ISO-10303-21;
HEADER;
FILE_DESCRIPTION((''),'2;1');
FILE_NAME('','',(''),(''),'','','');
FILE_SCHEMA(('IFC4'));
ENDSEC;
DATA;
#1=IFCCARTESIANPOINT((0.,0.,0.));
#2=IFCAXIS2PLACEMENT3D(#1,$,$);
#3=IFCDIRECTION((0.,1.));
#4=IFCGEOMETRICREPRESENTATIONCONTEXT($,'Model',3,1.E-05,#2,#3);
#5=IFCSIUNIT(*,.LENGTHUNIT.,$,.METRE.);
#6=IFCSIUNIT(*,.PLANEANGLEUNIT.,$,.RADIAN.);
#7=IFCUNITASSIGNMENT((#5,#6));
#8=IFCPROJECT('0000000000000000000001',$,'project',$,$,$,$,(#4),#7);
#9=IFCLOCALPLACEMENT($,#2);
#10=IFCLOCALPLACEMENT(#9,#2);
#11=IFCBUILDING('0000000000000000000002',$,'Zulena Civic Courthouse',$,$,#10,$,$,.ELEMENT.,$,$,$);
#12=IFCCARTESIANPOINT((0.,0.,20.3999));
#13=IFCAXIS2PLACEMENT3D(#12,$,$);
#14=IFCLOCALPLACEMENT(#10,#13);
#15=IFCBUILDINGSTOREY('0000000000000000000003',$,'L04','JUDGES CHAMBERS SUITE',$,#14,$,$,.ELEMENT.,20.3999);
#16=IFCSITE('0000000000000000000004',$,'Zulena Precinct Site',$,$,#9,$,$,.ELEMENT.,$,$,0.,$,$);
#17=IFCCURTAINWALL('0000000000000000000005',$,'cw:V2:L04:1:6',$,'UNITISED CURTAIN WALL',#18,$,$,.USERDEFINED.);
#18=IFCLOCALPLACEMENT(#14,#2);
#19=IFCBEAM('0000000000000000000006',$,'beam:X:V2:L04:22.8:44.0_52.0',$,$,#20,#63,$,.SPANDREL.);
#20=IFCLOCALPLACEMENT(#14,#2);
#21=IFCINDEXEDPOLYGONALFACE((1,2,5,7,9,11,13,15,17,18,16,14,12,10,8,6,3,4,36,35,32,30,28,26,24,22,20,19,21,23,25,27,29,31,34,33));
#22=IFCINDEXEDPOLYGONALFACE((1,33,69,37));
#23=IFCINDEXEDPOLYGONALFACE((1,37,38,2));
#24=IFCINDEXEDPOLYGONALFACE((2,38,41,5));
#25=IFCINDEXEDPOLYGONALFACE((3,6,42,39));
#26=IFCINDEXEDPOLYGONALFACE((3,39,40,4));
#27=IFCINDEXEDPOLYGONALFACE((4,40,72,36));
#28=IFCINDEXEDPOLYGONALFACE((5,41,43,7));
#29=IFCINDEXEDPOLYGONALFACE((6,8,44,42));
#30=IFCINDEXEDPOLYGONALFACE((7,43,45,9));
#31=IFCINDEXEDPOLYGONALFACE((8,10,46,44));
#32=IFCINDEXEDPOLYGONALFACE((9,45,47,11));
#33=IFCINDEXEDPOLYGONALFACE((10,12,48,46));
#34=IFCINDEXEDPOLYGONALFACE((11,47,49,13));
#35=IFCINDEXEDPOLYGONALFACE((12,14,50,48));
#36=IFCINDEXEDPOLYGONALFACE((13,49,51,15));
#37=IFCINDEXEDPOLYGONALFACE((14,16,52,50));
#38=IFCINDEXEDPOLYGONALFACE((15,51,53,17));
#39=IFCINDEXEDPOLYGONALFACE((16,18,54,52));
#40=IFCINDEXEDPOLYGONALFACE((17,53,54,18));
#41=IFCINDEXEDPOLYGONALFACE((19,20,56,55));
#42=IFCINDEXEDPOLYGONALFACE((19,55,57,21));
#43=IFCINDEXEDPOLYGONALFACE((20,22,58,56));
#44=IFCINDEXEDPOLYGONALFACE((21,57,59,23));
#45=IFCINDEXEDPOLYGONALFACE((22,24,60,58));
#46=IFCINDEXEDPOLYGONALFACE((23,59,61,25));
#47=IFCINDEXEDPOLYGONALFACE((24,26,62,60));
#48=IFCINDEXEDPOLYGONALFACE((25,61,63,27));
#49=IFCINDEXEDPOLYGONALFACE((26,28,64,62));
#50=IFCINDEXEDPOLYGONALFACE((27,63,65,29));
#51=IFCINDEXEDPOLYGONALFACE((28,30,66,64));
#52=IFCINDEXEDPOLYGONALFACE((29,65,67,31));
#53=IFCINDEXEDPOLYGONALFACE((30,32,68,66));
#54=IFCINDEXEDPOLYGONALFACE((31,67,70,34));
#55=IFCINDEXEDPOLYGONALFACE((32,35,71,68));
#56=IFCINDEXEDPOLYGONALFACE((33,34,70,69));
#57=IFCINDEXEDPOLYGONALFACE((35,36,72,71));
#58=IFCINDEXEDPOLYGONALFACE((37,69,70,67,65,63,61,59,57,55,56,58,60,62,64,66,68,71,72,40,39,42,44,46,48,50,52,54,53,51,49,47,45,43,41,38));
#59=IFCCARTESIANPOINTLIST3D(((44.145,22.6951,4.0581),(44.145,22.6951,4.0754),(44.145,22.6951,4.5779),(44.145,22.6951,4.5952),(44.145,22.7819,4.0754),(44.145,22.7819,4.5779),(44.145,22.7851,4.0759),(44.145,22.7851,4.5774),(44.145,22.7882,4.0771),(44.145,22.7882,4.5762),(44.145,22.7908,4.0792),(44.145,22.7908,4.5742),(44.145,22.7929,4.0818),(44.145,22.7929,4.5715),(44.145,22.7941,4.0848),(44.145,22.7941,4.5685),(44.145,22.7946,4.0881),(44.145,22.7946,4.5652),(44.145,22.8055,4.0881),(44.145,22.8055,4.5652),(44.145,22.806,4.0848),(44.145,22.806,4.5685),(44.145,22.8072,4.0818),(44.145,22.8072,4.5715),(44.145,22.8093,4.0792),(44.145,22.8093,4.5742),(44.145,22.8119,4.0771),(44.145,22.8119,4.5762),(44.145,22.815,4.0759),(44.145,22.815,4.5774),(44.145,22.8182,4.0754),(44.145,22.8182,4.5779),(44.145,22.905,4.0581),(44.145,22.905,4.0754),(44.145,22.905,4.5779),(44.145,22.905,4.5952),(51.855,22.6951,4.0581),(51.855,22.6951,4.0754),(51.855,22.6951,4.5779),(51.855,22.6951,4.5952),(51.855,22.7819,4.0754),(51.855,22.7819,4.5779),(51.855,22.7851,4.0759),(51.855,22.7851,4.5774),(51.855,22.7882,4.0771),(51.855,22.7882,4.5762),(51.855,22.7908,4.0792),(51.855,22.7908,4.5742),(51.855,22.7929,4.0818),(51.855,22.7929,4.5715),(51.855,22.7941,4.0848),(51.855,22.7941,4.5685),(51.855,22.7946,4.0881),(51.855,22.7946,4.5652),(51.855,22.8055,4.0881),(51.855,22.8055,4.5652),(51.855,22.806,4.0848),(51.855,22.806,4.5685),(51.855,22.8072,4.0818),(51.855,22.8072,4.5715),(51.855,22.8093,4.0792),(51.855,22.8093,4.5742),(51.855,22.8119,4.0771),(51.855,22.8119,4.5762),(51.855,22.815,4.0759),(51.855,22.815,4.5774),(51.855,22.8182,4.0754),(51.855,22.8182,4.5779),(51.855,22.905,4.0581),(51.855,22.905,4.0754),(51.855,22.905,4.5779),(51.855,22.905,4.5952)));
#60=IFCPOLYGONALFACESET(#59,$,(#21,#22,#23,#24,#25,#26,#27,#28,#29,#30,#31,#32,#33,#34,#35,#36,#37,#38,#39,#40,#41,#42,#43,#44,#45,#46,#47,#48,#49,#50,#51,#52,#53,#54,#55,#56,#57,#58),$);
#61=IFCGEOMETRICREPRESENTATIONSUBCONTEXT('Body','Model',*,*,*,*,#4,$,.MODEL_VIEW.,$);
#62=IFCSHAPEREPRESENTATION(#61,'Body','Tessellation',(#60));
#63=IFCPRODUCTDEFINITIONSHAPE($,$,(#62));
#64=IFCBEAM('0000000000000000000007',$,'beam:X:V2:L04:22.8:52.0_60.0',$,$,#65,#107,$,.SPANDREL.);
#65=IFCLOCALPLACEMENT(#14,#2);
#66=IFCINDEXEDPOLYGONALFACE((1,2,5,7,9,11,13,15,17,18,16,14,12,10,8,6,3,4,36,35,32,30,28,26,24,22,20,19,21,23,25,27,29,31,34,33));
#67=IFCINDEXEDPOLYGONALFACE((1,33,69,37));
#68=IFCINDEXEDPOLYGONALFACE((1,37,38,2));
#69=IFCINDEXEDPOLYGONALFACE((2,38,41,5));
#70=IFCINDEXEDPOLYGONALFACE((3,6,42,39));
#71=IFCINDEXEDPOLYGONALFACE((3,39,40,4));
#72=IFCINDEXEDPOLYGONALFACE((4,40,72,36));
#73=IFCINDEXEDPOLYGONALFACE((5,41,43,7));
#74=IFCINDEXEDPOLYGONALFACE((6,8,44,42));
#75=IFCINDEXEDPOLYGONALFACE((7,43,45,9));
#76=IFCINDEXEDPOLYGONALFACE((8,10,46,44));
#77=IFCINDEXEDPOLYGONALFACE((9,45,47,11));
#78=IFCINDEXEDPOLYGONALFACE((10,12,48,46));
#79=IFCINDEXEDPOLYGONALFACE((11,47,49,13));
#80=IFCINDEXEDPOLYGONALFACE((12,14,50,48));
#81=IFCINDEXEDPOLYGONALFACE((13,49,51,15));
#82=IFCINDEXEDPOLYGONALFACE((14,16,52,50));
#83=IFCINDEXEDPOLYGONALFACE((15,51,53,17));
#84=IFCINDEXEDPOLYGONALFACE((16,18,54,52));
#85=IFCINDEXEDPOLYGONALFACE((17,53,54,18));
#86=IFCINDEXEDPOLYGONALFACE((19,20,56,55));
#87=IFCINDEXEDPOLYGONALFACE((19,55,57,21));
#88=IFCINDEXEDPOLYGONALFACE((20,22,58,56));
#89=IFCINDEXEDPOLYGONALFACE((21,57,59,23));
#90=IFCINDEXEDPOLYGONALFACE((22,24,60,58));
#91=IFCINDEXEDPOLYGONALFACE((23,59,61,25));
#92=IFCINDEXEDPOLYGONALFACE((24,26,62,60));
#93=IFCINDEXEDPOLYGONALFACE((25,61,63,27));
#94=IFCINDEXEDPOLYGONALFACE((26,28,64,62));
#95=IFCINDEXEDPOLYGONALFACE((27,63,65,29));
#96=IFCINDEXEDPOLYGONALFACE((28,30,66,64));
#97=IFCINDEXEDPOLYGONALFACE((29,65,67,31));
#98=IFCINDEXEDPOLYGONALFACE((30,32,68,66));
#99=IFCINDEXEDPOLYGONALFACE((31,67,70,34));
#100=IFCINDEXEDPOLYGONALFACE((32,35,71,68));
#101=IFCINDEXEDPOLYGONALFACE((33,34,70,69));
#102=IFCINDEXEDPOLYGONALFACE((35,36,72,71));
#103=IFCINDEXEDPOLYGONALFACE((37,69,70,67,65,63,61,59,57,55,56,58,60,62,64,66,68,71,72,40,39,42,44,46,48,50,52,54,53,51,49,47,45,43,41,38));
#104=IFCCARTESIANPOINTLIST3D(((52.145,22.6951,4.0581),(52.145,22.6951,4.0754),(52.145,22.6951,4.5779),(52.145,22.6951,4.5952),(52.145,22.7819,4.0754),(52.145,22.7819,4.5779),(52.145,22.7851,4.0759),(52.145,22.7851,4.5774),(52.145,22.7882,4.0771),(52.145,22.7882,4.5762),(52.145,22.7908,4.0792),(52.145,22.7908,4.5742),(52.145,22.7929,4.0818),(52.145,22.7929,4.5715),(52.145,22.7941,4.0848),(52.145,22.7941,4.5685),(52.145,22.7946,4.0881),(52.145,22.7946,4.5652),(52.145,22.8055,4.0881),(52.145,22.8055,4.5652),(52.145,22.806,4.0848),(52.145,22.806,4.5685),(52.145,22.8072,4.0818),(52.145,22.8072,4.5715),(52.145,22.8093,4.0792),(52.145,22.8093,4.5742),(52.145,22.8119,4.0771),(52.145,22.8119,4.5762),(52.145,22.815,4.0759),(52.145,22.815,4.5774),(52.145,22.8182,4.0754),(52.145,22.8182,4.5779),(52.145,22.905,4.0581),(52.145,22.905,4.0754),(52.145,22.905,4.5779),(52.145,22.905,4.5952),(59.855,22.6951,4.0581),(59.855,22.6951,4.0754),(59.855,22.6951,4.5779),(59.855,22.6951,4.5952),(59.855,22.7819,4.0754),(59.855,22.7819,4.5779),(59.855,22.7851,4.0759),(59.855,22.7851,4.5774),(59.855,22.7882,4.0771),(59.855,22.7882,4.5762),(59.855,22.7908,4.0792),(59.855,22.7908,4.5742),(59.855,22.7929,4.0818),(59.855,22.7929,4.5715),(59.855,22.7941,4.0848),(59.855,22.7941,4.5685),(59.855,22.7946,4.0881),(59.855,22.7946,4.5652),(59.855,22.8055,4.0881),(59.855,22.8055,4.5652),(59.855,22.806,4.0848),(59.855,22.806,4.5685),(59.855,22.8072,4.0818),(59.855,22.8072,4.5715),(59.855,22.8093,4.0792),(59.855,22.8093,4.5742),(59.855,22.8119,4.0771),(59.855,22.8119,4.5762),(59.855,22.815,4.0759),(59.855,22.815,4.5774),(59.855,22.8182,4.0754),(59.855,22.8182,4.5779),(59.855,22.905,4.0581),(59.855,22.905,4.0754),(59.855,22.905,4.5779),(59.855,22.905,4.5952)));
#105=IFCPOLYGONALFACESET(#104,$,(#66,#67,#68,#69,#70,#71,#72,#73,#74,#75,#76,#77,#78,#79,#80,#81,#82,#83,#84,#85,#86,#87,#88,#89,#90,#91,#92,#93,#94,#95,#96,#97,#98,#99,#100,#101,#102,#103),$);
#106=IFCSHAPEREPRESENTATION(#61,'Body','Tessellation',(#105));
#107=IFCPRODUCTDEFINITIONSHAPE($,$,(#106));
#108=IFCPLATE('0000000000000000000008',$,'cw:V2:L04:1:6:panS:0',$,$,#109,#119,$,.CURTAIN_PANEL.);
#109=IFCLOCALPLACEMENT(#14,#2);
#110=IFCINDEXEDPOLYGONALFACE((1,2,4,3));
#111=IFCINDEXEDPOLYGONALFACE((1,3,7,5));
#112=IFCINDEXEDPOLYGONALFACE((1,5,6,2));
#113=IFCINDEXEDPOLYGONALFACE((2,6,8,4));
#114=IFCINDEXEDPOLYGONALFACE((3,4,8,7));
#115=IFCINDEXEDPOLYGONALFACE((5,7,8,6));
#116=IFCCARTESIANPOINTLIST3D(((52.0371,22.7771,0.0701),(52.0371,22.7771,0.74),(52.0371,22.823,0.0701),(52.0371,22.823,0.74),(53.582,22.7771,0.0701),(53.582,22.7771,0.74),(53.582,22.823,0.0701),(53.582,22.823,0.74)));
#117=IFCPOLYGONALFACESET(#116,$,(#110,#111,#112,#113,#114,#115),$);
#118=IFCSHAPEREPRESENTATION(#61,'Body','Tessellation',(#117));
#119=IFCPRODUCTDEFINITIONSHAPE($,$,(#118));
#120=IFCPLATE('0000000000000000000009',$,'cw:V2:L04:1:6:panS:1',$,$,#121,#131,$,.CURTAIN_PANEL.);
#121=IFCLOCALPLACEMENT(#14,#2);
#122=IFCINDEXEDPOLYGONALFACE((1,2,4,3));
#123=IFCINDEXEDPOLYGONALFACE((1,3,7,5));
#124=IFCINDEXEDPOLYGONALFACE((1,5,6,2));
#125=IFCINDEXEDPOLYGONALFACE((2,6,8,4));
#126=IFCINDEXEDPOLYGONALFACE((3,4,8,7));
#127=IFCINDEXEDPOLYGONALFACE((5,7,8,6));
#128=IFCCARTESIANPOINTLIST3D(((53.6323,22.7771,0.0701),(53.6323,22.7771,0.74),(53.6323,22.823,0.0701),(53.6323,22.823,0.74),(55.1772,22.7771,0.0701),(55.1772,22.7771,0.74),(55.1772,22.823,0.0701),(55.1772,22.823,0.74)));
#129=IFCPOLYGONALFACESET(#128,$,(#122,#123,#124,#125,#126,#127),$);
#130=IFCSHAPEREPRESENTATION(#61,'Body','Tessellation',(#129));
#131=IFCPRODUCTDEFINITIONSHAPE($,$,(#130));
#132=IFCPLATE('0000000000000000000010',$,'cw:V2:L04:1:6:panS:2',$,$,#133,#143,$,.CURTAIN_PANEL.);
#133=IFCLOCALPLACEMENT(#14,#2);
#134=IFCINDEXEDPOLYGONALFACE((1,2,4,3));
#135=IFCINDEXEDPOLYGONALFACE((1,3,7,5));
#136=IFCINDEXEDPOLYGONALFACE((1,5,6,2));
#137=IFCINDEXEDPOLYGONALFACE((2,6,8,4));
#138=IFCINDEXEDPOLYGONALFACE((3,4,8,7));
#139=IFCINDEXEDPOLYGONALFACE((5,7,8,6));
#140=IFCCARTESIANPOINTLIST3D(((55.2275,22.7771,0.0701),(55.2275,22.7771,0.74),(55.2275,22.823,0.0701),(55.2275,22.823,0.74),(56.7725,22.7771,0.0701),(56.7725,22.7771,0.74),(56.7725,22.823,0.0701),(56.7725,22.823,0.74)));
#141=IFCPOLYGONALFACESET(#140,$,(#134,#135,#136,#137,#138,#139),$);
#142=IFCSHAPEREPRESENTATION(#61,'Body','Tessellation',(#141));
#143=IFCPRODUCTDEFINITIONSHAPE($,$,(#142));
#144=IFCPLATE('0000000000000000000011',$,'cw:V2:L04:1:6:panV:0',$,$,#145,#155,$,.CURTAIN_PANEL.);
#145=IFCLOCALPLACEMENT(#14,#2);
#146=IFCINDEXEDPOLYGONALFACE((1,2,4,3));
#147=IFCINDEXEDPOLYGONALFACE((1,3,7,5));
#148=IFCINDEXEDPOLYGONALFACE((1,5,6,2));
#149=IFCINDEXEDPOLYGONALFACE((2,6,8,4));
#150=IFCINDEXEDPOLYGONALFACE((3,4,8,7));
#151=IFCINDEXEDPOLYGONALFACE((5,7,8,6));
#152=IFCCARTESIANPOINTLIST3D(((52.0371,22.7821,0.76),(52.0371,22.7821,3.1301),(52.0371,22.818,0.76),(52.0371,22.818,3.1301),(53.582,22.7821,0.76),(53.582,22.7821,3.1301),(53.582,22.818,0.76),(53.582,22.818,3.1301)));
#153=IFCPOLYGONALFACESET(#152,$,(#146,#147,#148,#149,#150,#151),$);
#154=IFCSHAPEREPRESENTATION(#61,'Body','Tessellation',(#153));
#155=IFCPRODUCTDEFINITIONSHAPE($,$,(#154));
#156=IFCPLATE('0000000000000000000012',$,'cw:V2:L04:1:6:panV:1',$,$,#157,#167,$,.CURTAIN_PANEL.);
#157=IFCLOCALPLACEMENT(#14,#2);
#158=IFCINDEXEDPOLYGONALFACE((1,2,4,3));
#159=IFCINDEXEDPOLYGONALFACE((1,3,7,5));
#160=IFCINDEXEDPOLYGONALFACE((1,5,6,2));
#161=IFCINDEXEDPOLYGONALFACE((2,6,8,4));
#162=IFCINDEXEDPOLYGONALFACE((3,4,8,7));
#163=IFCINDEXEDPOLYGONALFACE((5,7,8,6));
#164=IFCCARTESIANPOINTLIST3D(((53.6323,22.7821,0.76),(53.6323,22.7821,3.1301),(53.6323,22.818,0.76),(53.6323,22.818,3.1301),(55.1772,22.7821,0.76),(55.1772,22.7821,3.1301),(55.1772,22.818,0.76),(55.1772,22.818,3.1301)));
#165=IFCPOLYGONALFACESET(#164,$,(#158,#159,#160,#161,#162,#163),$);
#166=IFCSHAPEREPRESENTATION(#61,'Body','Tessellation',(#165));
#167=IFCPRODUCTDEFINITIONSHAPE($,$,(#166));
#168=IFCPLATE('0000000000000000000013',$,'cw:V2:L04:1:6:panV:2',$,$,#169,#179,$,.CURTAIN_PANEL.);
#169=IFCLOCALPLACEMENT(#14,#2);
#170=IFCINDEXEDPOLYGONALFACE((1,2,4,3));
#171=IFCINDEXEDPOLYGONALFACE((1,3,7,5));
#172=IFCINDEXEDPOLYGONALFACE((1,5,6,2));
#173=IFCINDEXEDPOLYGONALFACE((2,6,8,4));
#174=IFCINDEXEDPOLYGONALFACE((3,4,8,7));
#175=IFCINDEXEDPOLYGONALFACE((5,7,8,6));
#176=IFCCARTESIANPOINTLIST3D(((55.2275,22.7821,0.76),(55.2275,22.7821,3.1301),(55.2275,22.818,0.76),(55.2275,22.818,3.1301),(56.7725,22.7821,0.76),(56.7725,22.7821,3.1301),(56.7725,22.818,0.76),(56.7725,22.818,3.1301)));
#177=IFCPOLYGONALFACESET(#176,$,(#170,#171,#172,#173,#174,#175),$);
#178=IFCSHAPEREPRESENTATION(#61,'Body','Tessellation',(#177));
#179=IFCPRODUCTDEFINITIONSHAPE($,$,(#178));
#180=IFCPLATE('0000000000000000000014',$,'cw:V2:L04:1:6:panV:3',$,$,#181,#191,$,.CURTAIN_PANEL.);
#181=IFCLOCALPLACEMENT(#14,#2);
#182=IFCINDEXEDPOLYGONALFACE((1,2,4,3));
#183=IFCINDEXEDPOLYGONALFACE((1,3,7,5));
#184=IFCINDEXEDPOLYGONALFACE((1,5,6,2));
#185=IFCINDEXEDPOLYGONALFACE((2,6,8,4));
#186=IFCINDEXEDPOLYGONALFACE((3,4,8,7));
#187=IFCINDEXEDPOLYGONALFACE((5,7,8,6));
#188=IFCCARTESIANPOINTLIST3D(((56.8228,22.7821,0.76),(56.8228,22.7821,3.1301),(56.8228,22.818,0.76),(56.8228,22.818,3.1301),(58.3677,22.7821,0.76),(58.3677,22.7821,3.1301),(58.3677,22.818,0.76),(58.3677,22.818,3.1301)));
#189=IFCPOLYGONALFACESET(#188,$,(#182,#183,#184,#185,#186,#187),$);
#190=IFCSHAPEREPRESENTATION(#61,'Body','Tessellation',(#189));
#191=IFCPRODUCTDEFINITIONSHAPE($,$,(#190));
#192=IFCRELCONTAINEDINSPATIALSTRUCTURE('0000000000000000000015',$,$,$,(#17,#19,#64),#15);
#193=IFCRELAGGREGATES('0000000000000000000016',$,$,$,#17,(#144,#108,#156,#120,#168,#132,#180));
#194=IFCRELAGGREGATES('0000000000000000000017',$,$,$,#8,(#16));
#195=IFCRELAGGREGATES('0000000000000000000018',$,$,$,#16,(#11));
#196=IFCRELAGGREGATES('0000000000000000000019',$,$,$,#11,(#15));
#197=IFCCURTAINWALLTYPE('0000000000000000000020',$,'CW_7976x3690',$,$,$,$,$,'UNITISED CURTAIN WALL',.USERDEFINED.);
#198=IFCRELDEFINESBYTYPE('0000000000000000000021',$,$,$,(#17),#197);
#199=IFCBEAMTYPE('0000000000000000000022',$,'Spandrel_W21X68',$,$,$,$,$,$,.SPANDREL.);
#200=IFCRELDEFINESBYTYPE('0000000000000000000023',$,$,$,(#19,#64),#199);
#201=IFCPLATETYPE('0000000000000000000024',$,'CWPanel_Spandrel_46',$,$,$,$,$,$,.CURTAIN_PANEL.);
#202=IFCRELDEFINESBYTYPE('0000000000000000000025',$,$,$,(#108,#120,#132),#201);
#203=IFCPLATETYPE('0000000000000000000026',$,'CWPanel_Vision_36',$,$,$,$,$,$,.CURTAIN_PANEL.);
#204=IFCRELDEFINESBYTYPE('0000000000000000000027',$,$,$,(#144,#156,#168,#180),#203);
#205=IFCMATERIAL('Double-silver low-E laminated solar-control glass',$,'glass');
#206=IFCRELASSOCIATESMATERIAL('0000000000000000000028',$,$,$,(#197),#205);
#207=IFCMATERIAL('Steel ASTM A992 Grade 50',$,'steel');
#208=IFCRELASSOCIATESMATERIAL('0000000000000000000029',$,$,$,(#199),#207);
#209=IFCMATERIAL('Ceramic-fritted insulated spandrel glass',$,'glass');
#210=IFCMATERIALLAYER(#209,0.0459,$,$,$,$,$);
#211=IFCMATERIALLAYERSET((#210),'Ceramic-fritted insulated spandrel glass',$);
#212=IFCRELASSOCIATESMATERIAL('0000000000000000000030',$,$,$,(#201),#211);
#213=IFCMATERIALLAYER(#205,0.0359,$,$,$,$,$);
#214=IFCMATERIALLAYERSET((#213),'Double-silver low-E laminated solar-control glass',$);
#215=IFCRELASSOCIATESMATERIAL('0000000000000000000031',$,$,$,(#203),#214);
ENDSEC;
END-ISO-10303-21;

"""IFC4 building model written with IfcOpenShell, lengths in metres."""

from ifc_helpers import new_model, si_unit, direction, frame, origin, origin_2d, place, context, subcontext, project, spatial, rectangle, i_section, extrude, material, layer, layer_set, material_profile, profile_set, type_object, element, aggregate, save


model = new_model("IFC4")

# Units and contexts
model_context = context("Model", 3, precision=1e-05, world=origin(), true_north=direction((0.0, 1.0)))
body_context = subcontext(model_context, "Body", "Model", "MODEL_VIEW")
ifc_project = project(units=[si_unit("LENGTHUNIT", "METRE"), si_unit("PLANEANGLEUNIT", "RADIAN")], contexts=[model_context])

# Site, building, storey
site_placement = place(None, origin())
site = spatial("IfcSite", under=ifc_project, at=site_placement, Name="Zulena Precinct Site", CompositionType="ELEMENT", RefElevation=0.0)
building_placement = place(site_placement, origin())
building = spatial("IfcBuilding", under=site, at=building_placement, Name="Zulena Civic Courthouse", CompositionType="ELEMENT")
storey_placement = place(building_placement, frame((0.0, 0.0, 20.3999)))
storey = spatial("IfcBuildingStorey", under=building, at=storey_placement, Name="L04", Description="JUDGES CHAMBERS SUITE", CompositionType="ELEMENT", Elevation=20.3999)

# Shared definitions
ifc_material_1 = material(Name="Steel ASTM A992 Grade 50", Category="steel")

# Curtain wall
ifc_material_2 = material(Name="Double-silver low-E laminated solar-control glass", Category="glass")
curtain_wall_type = type_object("IfcCurtainWallType", Name="CW_7976x3690", ElementType="UNITISED CURTAIN WALL", PredefinedType="USERDEFINED", material=ifc_material_2)
curtain_wall_placement = place(storey_placement, origin())
curtain_wall = element("IfcCurtainWall", 1, at=curtain_wall_placement, inside=storey, type_object=curtain_wall_type, Name="cw:V2:L04:1:6", ObjectType="UNITISED CURTAIN WALL", PredefinedType="USERDEFINED")

# Beams
ifc_material_profile_1 = material_profile(ifc_material_1, i_section(OverallWidth=0.21, OverallDepth=0.5371, WebThickness=0.011, FlangeThickness=0.0173, FilletRadius=0.0127, at=origin_2d()), Name="W21X68")
ifc_profile_set_1 = profile_set([ifc_material_profile_1], Name="Steel ASTM A992 Grade 50")
beam_type = type_object("IfcBeamType", Name="Spandrel_W21X68", PredefinedType="SPANDREL", material=ifc_profile_set_1)
for number, where, z_axis, x_axis, name in (
    (2, (44.145, 22.8, 4.3267), (1.0, 0.0, 0.0), (0.0, 1.0, 0.0), "beam:X:V2:L04:22.8:44.0_52.0"),
    (3, (52.145, 22.8, 4.3267), (1.0, 0.0, 0.0), (0.0, 1.0, 0.0), "beam:X:V2:L04:22.8:52.0_60.0"),
):
    element("IfcBeam", number, at=place(storey_placement, frame(where, z_axis=z_axis, x_axis=x_axis)), inside=storey, type_object=beam_type, Name=name, PredefinedType="SPANDREL", context=body_context, shape_type="SweptSolid", body=[
        extrude(i_section(OverallWidth=0.21, OverallDepth=0.5371, WebThickness=0.011, FlangeThickness=0.0173, FilletRadius=0.0127, at=origin_2d()), origin(), (0.0, 0.0, 1.0), 7.71),
    ])

# Plates
ifc_material_3 = material(Name="Ceramic-fritted insulated spandrel glass", Category="glass")
ifc_layer_1 = layer(ifc_material_3, 0.0459)
ifc_layer_set_1 = layer_set([ifc_layer_1], Name="Ceramic-fritted insulated spandrel glass")
plate_type_1 = type_object("IfcPlateType", Name="CWPanel_Spandrel_46", PredefinedType="CURTAIN_PANEL", material=ifc_layer_set_1)
plate_1_placement = place(storey_placement, frame((52.8096, 22.8, 0.0701), z_axis=(0.0, 0.0, 1.0), x_axis=(1.0, 0.0, 0.0)))
plate_1 = element("IfcPlate", 4, at=plate_1_placement, type_object=plate_type_1, Name="cw:V2:L04:1:6:panS:0", PredefinedType="CURTAIN_PANEL", context=body_context, shape_type="SweptSolid", body=[
    extrude(rectangle(XDim=1.5449, YDim=0.0459, at=origin_2d()), origin(), (0.0, 0.0, 1.0), 0.6699),
])
plate_2_placement = place(storey_placement, frame((54.4048, 22.8, 0.0701), z_axis=(0.0, 0.0, 1.0), x_axis=(1.0, 0.0, 0.0)))
plate_2 = element("IfcPlate", 5, at=plate_2_placement, type_object=plate_type_1, Name="cw:V2:L04:1:6:panS:1", PredefinedType="CURTAIN_PANEL", context=body_context, shape_type="SweptSolid", body=[
    extrude(rectangle(XDim=1.5449, YDim=0.0459, at=origin_2d()), origin(), (0.0, 0.0, 1.0), 0.6699),
])
plate_3_placement = place(storey_placement, frame((56.0, 22.8, 0.0701), z_axis=(0.0, 0.0, 1.0), x_axis=(1.0, 0.0, 0.0)))
plate_3 = element("IfcPlate", 6, at=plate_3_placement, type_object=plate_type_1, Name="cw:V2:L04:1:6:panS:2", PredefinedType="CURTAIN_PANEL", context=body_context, shape_type="SweptSolid", body=[
    extrude(rectangle(XDim=1.5449, YDim=0.0459, at=origin_2d()), origin(), (0.0, 0.0, 1.0), 0.6699),
])
ifc_layer_2 = layer(ifc_material_2, 0.0359)
ifc_layer_set_2 = layer_set([ifc_layer_2], Name="Double-silver low-E laminated solar-control glass")
plate_type_2 = type_object("IfcPlateType", Name="CWPanel_Vision_36", PredefinedType="CURTAIN_PANEL", material=ifc_layer_set_2)
plate_4_placement = place(storey_placement, frame((52.8096, 22.8, 0.76), z_axis=(0.0, 0.0, 1.0), x_axis=(1.0, 0.0, 0.0)))
plate_4 = element("IfcPlate", 7, at=plate_4_placement, type_object=plate_type_2, Name="cw:V2:L04:1:6:panV:0", PredefinedType="CURTAIN_PANEL", context=body_context, shape_type="SweptSolid", body=[
    extrude(rectangle(XDim=1.5449, YDim=0.0359, at=origin_2d()), origin(), (0.0, 0.0, 1.0), 2.3701),
])
plate_5_placement = place(storey_placement, frame((54.4048, 22.8, 0.76), z_axis=(0.0, 0.0, 1.0), x_axis=(1.0, 0.0, 0.0)))
plate_5 = element("IfcPlate", 8, at=plate_5_placement, type_object=plate_type_2, Name="cw:V2:L04:1:6:panV:1", PredefinedType="CURTAIN_PANEL", context=body_context, shape_type="SweptSolid", body=[
    extrude(rectangle(XDim=1.5449, YDim=0.0359, at=origin_2d()), origin(), (0.0, 0.0, 1.0), 2.3701),
])
plate_6_placement = place(storey_placement, frame((56.0, 22.8, 0.76), z_axis=(0.0, 0.0, 1.0), x_axis=(1.0, 0.0, 0.0)))
plate_6 = element("IfcPlate", 9, at=plate_6_placement, type_object=plate_type_2, Name="cw:V2:L04:1:6:panV:2", PredefinedType="CURTAIN_PANEL", context=body_context, shape_type="SweptSolid", body=[
    extrude(rectangle(XDim=1.5449, YDim=0.0359, at=origin_2d()), origin(), (0.0, 0.0, 1.0), 2.3701),
])
plate_7_placement = place(storey_placement, frame((57.5952, 22.8, 0.76), z_axis=(0.0, 0.0, 1.0), x_axis=(1.0, 0.0, 0.0)))
plate_7 = element("IfcPlate", 10, at=plate_7_placement, type_object=plate_type_2, Name="cw:V2:L04:1:6:panV:3", PredefinedType="CURTAIN_PANEL", context=body_context, shape_type="SweptSolid", body=[
    extrude(rectangle(XDim=1.5449, YDim=0.0359, at=origin_2d()), origin(), (0.0, 0.0, 1.0), 2.3701),
])
aggregate(curtain_wall, [plate_4, plate_1, plate_5, plate_2, plate_6, plate_3, plate_7])

save(model, "model.ifc")
